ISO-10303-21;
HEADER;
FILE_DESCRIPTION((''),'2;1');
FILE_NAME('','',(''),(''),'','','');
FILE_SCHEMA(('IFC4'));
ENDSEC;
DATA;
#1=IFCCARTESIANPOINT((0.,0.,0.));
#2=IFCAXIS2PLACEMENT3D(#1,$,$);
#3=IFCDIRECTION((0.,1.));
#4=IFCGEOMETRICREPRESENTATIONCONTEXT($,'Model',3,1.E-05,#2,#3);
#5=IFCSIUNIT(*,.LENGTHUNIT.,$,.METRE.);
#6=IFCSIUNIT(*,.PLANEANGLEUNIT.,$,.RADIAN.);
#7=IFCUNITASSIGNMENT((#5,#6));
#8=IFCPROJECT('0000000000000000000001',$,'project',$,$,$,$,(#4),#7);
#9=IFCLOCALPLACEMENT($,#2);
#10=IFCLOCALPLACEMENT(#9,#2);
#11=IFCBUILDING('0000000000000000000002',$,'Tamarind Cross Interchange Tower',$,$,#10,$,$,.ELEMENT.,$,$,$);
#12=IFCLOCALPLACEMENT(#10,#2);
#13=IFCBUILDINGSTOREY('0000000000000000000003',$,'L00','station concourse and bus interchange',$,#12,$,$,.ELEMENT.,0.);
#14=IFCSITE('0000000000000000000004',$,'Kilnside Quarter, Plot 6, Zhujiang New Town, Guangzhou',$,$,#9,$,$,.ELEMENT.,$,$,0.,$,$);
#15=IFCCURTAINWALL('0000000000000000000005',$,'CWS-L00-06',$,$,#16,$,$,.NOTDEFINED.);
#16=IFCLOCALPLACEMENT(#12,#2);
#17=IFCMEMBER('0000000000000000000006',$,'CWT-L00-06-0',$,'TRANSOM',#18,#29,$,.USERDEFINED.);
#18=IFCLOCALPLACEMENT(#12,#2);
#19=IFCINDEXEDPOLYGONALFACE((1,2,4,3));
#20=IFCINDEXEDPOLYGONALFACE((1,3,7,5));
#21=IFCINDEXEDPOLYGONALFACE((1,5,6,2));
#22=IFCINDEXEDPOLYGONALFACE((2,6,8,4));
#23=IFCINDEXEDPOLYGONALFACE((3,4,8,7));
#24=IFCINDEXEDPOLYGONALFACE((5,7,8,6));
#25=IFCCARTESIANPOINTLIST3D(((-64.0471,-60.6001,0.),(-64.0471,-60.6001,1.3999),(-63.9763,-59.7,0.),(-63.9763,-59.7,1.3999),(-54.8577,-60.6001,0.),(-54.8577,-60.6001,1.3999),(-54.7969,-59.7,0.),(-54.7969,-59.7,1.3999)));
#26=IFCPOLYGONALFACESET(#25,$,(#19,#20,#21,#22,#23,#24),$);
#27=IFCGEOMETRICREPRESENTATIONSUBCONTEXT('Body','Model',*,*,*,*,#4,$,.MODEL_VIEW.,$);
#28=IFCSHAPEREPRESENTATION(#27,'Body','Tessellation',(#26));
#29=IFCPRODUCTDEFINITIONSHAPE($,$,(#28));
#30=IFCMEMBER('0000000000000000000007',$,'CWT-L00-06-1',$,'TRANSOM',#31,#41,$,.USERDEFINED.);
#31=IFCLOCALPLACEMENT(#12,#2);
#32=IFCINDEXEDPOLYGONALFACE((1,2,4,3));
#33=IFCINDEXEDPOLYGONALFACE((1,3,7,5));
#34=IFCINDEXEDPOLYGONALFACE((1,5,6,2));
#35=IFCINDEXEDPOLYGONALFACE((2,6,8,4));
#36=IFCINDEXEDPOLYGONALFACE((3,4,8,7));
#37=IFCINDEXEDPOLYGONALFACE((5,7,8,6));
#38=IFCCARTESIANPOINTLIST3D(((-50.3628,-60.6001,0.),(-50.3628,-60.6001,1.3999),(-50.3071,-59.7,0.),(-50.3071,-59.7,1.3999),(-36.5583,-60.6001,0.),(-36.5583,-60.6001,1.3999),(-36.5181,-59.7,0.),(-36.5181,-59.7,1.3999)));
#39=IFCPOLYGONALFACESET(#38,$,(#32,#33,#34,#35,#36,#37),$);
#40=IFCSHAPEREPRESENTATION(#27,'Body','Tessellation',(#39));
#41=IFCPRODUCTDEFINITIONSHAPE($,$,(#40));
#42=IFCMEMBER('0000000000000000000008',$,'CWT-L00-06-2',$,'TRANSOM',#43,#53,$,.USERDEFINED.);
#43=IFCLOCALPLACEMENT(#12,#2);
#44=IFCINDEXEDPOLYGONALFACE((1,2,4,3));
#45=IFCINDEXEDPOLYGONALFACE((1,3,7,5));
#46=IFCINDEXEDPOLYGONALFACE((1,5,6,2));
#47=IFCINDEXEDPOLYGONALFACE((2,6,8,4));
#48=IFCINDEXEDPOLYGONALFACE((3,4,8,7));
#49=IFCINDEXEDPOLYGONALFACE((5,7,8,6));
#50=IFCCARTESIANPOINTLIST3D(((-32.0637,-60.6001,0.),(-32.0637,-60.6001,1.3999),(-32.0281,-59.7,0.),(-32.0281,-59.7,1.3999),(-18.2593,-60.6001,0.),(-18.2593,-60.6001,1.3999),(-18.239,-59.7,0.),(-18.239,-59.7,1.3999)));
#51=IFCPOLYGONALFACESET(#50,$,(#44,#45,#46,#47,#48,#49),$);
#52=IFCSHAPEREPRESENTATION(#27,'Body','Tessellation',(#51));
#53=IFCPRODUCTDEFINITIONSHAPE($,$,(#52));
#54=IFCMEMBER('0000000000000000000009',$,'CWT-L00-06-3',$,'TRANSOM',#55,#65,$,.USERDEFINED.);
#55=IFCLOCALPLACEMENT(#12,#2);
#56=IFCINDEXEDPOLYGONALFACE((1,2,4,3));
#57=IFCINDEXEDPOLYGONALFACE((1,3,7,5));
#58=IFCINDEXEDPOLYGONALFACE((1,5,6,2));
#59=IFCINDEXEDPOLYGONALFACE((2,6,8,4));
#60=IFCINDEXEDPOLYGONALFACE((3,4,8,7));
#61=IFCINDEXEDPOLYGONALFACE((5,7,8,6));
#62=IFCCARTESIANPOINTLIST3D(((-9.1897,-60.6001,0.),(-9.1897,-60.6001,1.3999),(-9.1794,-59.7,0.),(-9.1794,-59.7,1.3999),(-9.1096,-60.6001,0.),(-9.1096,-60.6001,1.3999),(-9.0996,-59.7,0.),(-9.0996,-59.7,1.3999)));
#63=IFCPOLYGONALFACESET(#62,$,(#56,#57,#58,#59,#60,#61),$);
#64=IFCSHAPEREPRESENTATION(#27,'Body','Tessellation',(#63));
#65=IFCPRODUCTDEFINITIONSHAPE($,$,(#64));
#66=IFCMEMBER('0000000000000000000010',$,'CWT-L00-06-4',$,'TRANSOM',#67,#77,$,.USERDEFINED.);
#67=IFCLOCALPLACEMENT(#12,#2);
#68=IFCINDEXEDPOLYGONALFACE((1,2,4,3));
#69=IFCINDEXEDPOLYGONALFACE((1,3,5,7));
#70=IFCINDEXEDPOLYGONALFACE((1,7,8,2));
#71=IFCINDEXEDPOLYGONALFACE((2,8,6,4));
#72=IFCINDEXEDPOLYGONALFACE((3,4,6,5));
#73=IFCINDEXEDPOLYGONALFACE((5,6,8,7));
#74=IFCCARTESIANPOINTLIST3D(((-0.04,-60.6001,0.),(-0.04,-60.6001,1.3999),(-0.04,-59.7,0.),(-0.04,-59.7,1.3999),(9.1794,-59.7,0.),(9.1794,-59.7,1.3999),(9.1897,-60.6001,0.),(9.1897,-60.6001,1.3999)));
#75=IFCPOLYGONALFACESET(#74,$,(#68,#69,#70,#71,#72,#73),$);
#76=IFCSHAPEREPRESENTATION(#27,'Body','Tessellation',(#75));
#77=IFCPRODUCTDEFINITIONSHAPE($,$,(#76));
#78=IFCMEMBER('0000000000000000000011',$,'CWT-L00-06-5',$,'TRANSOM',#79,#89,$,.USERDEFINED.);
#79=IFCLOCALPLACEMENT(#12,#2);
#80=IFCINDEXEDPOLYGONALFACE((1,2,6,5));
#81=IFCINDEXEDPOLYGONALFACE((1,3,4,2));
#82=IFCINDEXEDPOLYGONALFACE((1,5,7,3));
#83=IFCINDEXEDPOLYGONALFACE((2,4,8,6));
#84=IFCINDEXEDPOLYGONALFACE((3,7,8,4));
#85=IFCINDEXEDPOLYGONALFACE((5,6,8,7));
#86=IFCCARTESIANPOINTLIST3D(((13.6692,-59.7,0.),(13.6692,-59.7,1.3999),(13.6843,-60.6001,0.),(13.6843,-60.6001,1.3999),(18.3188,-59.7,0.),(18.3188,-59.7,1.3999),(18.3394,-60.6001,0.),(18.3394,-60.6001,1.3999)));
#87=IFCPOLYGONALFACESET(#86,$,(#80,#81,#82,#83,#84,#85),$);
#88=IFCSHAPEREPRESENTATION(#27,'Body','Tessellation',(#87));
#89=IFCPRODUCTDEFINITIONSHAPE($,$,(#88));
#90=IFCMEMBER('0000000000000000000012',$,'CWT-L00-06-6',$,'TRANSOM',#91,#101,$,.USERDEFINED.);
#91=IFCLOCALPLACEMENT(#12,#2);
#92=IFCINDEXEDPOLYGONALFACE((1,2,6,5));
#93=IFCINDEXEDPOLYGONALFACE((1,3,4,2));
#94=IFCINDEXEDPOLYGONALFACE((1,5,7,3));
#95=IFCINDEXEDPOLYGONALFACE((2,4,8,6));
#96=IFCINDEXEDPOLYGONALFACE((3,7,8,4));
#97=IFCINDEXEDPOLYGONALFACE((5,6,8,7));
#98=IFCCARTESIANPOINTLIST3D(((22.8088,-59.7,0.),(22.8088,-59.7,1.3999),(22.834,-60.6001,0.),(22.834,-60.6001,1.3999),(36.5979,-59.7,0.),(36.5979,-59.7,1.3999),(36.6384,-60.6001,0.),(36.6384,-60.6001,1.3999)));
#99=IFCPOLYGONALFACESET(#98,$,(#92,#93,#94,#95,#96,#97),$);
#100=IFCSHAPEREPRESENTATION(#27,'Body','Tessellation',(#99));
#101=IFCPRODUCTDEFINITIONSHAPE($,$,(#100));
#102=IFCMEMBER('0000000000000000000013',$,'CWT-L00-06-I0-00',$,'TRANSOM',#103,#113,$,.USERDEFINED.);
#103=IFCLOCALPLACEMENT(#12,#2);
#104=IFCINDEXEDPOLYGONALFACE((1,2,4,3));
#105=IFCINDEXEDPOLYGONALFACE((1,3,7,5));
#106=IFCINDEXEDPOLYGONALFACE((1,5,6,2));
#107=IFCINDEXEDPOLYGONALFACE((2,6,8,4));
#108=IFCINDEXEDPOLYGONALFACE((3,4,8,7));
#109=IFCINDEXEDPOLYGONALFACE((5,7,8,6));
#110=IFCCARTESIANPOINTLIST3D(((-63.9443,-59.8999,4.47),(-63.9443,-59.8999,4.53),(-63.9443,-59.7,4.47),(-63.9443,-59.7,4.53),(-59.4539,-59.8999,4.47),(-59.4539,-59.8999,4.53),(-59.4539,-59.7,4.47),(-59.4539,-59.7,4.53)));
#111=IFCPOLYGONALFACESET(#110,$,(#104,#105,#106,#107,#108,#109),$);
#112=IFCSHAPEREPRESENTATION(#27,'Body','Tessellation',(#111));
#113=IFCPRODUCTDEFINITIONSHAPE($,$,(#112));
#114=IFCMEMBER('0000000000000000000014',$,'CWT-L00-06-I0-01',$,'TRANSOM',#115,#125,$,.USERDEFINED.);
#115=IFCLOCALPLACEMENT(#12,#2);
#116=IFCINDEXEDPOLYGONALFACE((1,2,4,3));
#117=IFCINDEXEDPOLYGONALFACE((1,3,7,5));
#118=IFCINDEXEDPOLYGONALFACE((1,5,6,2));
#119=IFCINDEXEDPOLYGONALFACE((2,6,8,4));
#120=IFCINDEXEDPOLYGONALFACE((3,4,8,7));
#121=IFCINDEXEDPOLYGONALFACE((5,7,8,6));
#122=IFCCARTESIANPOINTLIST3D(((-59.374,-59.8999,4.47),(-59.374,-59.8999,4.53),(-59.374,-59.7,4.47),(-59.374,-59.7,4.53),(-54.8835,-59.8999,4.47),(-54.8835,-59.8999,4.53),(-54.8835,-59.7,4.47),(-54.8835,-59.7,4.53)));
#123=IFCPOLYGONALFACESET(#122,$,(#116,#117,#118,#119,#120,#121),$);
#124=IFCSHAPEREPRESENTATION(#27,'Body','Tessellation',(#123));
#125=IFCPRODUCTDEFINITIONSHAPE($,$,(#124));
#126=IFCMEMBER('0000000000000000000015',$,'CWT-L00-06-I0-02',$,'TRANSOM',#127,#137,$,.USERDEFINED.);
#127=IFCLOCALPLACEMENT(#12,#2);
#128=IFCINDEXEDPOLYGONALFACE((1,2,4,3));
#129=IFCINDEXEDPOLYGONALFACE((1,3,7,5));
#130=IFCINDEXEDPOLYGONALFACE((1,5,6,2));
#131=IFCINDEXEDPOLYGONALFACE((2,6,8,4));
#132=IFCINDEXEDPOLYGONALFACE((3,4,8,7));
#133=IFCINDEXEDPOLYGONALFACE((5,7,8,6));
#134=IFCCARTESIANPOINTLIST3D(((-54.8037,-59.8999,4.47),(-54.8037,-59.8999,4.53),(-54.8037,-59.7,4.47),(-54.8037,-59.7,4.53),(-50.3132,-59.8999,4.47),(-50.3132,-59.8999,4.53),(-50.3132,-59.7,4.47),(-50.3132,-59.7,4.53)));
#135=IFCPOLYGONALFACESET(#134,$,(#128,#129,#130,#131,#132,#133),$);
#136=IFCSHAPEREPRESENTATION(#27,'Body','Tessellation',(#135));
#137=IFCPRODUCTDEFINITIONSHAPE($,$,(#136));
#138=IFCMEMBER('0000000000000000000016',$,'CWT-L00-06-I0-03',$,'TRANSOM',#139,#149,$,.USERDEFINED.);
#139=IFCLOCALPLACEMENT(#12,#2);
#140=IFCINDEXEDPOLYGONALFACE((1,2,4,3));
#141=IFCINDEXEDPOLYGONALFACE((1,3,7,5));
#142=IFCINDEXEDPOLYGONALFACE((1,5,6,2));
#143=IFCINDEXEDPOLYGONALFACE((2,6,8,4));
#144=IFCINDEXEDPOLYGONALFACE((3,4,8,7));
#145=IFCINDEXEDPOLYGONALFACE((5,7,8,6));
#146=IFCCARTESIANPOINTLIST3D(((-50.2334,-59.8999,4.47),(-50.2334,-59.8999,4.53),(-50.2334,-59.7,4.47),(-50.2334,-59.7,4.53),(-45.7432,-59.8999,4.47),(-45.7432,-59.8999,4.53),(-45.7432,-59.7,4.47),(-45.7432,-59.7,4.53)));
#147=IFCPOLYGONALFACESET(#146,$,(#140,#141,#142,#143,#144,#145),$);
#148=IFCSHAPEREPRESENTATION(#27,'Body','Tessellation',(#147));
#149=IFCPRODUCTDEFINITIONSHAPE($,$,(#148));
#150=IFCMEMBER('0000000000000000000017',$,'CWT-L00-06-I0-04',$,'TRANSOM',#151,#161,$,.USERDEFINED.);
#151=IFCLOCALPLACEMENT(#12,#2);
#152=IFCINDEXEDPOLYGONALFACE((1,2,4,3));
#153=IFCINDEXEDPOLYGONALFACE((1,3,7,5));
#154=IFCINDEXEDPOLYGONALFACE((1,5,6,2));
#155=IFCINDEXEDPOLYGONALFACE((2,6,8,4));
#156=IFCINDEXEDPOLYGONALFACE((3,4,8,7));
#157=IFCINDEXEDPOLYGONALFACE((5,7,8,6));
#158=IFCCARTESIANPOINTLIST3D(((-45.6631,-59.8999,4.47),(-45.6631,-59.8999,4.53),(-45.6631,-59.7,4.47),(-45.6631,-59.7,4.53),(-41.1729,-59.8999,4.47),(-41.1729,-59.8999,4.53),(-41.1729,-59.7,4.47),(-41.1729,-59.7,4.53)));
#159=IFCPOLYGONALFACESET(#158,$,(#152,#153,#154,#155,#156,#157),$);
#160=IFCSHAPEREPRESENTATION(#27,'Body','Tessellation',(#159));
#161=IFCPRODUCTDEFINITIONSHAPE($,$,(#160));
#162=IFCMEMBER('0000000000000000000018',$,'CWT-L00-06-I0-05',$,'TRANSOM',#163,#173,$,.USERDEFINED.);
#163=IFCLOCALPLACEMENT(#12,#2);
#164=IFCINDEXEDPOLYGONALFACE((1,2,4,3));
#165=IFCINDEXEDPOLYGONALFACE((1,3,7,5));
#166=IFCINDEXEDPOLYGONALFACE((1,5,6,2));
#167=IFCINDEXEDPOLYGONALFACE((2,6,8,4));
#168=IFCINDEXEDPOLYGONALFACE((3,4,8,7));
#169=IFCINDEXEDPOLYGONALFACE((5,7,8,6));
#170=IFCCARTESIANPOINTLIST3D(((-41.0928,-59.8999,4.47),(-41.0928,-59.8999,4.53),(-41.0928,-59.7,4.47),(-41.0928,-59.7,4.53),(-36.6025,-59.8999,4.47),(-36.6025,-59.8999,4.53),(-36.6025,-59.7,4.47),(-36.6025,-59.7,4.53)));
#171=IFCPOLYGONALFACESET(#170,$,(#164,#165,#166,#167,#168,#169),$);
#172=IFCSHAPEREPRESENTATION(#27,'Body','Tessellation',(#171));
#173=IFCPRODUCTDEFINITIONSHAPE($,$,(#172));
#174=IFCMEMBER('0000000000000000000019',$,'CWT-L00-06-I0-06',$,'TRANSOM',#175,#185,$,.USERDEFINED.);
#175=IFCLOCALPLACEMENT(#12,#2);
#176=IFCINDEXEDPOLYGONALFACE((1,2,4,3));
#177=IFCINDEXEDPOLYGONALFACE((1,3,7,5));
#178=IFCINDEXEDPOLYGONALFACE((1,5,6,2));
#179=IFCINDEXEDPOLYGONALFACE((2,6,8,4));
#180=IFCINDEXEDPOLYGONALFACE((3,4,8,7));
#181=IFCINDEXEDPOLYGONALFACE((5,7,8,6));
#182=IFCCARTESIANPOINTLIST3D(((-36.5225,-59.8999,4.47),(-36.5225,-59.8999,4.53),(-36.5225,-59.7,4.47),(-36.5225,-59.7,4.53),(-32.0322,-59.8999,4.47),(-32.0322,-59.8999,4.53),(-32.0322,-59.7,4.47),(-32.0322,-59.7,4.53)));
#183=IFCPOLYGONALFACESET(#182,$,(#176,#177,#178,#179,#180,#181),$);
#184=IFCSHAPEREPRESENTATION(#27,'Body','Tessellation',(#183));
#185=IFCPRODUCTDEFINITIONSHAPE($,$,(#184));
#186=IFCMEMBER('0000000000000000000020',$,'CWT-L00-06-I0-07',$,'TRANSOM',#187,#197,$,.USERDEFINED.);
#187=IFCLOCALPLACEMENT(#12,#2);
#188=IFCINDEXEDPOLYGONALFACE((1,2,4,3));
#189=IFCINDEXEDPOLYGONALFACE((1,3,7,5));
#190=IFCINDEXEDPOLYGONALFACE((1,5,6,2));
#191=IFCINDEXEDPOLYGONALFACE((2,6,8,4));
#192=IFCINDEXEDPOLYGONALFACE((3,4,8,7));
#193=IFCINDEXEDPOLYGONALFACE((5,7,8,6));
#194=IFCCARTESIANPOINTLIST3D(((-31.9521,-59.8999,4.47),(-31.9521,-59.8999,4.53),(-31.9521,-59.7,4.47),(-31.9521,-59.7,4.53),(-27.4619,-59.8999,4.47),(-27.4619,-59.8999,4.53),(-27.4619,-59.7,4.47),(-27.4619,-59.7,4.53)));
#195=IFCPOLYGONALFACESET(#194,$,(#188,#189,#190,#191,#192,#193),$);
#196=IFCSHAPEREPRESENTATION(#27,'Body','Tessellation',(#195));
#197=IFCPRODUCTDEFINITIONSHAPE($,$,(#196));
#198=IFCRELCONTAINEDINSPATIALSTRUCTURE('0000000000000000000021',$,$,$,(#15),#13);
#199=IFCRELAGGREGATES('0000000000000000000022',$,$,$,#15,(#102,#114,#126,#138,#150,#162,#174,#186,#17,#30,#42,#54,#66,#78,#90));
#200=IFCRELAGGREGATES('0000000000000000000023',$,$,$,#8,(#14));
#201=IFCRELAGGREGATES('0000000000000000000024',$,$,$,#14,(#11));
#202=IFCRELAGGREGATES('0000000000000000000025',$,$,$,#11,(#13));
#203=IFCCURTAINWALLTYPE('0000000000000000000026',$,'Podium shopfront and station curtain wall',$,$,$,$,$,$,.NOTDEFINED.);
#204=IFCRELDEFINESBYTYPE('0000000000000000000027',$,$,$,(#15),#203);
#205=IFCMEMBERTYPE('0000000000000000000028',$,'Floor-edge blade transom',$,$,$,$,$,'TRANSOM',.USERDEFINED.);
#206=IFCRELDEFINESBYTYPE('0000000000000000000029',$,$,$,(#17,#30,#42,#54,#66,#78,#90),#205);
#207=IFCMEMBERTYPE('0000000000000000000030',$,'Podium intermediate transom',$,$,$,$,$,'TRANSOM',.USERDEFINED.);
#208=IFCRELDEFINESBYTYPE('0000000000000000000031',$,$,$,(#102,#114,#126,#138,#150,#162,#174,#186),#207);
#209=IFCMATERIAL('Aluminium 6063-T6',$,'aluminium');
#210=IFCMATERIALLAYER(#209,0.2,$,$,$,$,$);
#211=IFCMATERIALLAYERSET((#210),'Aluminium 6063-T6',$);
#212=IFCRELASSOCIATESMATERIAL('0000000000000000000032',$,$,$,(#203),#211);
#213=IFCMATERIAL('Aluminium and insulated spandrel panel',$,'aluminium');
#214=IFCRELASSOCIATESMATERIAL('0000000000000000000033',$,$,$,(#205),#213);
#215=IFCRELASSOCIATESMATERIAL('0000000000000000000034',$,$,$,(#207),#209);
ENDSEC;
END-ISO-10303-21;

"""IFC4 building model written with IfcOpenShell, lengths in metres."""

from ifc_helpers import new_model, si_unit, direction, frame, origin, place, context, subcontext, project, spatial, polyline, outline, extrude, material, layer, layer_set, type_object, element, aggregate, save


model = new_model("IFC4")

# Units and contexts
model_context = context("Model", 3, precision=1e-05, world=origin(), true_north=direction((0.0, 1.0)))
body_context = subcontext(model_context, "Body", "Model", "MODEL_VIEW")
ifc_project = project(units=[si_unit("LENGTHUNIT", "METRE"), si_unit("PLANEANGLEUNIT", "RADIAN")], contexts=[model_context])

# Site, building, storey
site_placement = place(None, origin())
site = spatial("IfcSite", under=ifc_project, at=site_placement, Name="Kilnside Quarter, Plot 6, Zhujiang New Town, Guangzhou", CompositionType="ELEMENT", RefElevation=0.0)
building_placement = place(site_placement, origin())
building = spatial("IfcBuilding", under=site, at=building_placement, Name="Tamarind Cross Interchange Tower", CompositionType="ELEMENT")
storey_placement = place(building_placement, origin())
storey = spatial("IfcBuildingStorey", under=building, at=storey_placement, Name="L00", Description="station concourse and bus interchange", CompositionType="ELEMENT", Elevation=0.0)

# Curtain wall, members
ifc_material_1 = material(Name="Aluminium 6063-T6", Category="aluminium")
ifc_layer_1 = layer(ifc_material_1, 0.2)
ifc_layer_set_1 = layer_set([ifc_layer_1], Name="Aluminium 6063-T6")
curtain_wall_type = type_object("IfcCurtainWallType", Name="Podium shopfront and station curtain wall", PredefinedType="NOTDEFINED", material=ifc_layer_set_1)
curtain_wall_placement = place(storey_placement, origin())
curtain_wall = element("IfcCurtainWall", 1, at=curtain_wall_placement, inside=storey, type_object=curtain_wall_type, Name="CWS-L00-06", PredefinedType="NOTDEFINED")
ifc_material_2 = material(Name="Aluminium and insulated spandrel panel", Category="aluminium")
member_type_1 = type_object("IfcMemberType", Name="Floor-edge blade transom", ElementType="TRANSOM", PredefinedType="USERDEFINED", material=ifc_material_2)
member_1_placement = place(storey_placement, origin())
member_1 = element("IfcMember", 2, at=member_1_placement, type_object=member_type_1, Name="CWT-L00-06-0", ObjectType="TRANSOM", PredefinedType="USERDEFINED", context=body_context, shape_type="SweptSolid", body=[
    extrude(outline(polyline([(-63.9763, -59.7), (-54.7969, -59.7), (-54.8577, -60.6001), (-64.0471, -60.6001), (-63.9763, -59.7)])), origin(), (0.0, 0.0, 1.0), 1.3999),
])
member_2_placement = place(storey_placement, origin())
member_2 = element("IfcMember", 3, at=member_2_placement, type_object=member_type_1, Name="CWT-L00-06-1", ObjectType="TRANSOM", PredefinedType="USERDEFINED", context=body_context, shape_type="SweptSolid", body=[
    extrude(outline(polyline([(-50.3071, -59.7), (-36.5181, -59.7), (-36.5583, -60.6001), (-50.3628, -60.6001), (-50.3071, -59.7)])), origin(), (0.0, 0.0, 1.0), 1.3999),
])
member_3_placement = place(storey_placement, origin())
member_3 = element("IfcMember", 4, at=member_3_placement, type_object=member_type_1, Name="CWT-L00-06-2", ObjectType="TRANSOM", PredefinedType="USERDEFINED", context=body_context, shape_type="SweptSolid", body=[
    extrude(outline(polyline([(-32.0281, -59.7), (-18.239, -59.7), (-18.2593, -60.6001), (-32.0637, -60.6001), (-32.0281, -59.7)])), origin(), (0.0, 0.0, 1.0), 1.3999),
])
member_4_placement = place(storey_placement, origin())
member_4 = element("IfcMember", 5, at=member_4_placement, type_object=member_type_1, Name="CWT-L00-06-3", ObjectType="TRANSOM", PredefinedType="USERDEFINED", context=body_context, shape_type="SweptSolid", body=[
    extrude(outline(polyline([(-9.1794, -59.7), (-9.0996, -59.7), (-9.1096, -60.6001), (-9.1897, -60.6001), (-9.1794, -59.7)])), origin(), (0.0, 0.0, 1.0), 1.3999),
])
member_5_placement = place(storey_placement, origin())
member_5 = element("IfcMember", 6, at=member_5_placement, type_object=member_type_1, Name="CWT-L00-06-4", ObjectType="TRANSOM", PredefinedType="USERDEFINED", context=body_context, shape_type="SweptSolid", body=[
    extrude(outline(polyline([(-0.04, -59.7), (9.1794, -59.7), (9.1897, -60.6001), (-0.04, -60.6001), (-0.04, -59.7)])), origin(), (0.0, 0.0, 1.0), 1.3999),
])
member_6_placement = place(storey_placement, origin())
member_6 = element("IfcMember", 7, at=member_6_placement, type_object=member_type_1, Name="CWT-L00-06-5", ObjectType="TRANSOM", PredefinedType="USERDEFINED", context=body_context, shape_type="SweptSolid", body=[
    extrude(outline(polyline([(13.6692, -59.7), (18.3188, -59.7), (18.3394, -60.6001), (13.6843, -60.6001), (13.6692, -59.7)])), origin(), (0.0, 0.0, 1.0), 1.3999),
])
member_7_placement = place(storey_placement, origin())
member_7 = element("IfcMember", 8, at=member_7_placement, type_object=member_type_1, Name="CWT-L00-06-6", ObjectType="TRANSOM", PredefinedType="USERDEFINED", context=body_context, shape_type="SweptSolid", body=[
    extrude(outline(polyline([(22.8088, -59.7), (36.5979, -59.7), (36.6384, -60.6001), (22.834, -60.6001), (22.8088, -59.7)])), origin(), (0.0, 0.0, 1.0), 1.3999),
])
member_type_2 = type_object("IfcMemberType", Name="Podium intermediate transom", ElementType="TRANSOM", PredefinedType="USERDEFINED", material=ifc_material_1)
member_8_placement = place(storey_placement, frame((0.0, 0.0, 4.47)))
member_8 = element("IfcMember", 9, at=member_8_placement, type_object=member_type_2, Name="CWT-L00-06-I0-00", ObjectType="TRANSOM", PredefinedType="USERDEFINED", context=body_context, shape_type="SweptSolid", body=[
    extrude(outline(polyline([(-63.9443, -59.7), (-59.4539, -59.7), (-59.4539, -59.8999), (-63.9443, -59.8999), (-63.9443, -59.7)])), origin(), (0.0, 0.0, 1.0), 0.0601),
])
member_9_placement = place(storey_placement, frame((0.0, 0.0, 4.47)))
member_9 = element("IfcMember", 10, at=member_9_placement, type_object=member_type_2, Name="CWT-L00-06-I0-01", ObjectType="TRANSOM", PredefinedType="USERDEFINED", context=body_context, shape_type="SweptSolid", body=[
    extrude(outline(polyline([(-59.374, -59.7), (-54.8835, -59.7), (-54.8835, -59.8999), (-59.374, -59.8999), (-59.374, -59.7)])), origin(), (0.0, 0.0, 1.0), 0.0601),
])
member_10_placement = place(storey_placement, frame((0.0, 0.0, 4.47)))
member_10 = element("IfcMember", 11, at=member_10_placement, type_object=member_type_2, Name="CWT-L00-06-I0-02", ObjectType="TRANSOM", PredefinedType="USERDEFINED", context=body_context, shape_type="SweptSolid", body=[
    extrude(outline(polyline([(-54.8037, -59.7), (-50.3132, -59.7), (-50.3132, -59.8999), (-54.8037, -59.8999), (-54.8037, -59.7)])), origin(), (0.0, 0.0, 1.0), 0.0601),
])
member_11_placement = place(storey_placement, frame((0.0, 0.0, 4.47)))
member_11 = element("IfcMember", 12, at=member_11_placement, type_object=member_type_2, Name="CWT-L00-06-I0-03", ObjectType="TRANSOM", PredefinedType="USERDEFINED", context=body_context, shape_type="SweptSolid", body=[
    extrude(outline(polyline([(-50.2334, -59.7), (-45.7432, -59.7), (-45.7432, -59.8999), (-50.2334, -59.8999), (-50.2334, -59.7)])), origin(), (0.0, 0.0, 1.0), 0.0601),
])
member_12_placement = place(storey_placement, frame((0.0, 0.0, 4.47)))
member_12 = element("IfcMember", 13, at=member_12_placement, type_object=member_type_2, Name="CWT-L00-06-I0-04", ObjectType="TRANSOM", PredefinedType="USERDEFINED", context=body_context, shape_type="SweptSolid", body=[
    extrude(outline(polyline([(-45.6631, -59.7), (-41.1729, -59.7), (-41.1729, -59.8999), (-45.6631, -59.8999), (-45.6631, -59.7)])), origin(), (0.0, 0.0, 1.0), 0.0601),
])
member_13_placement = place(storey_placement, frame((0.0, 0.0, 4.47)))
member_13 = element("IfcMember", 14, at=member_13_placement, type_object=member_type_2, Name="CWT-L00-06-I0-05", ObjectType="TRANSOM", PredefinedType="USERDEFINED", context=body_context, shape_type="SweptSolid", body=[
    extrude(outline(polyline([(-41.0928, -59.7), (-36.6025, -59.7), (-36.6025, -59.8999), (-41.0928, -59.8999), (-41.0928, -59.7)])), origin(), (0.0, 0.0, 1.0), 0.0601),
])
member_14_placement = place(storey_placement, frame((0.0, 0.0, 4.47)))
member_14 = element("IfcMember", 15, at=member_14_placement, type_object=member_type_2, Name="CWT-L00-06-I0-06", ObjectType="TRANSOM", PredefinedType="USERDEFINED", context=body_context, shape_type="SweptSolid", body=[
    extrude(outline(polyline([(-36.5225, -59.7), (-32.0322, -59.7), (-32.0322, -59.8999), (-36.5225, -59.8999), (-36.5225, -59.7)])), origin(), (0.0, 0.0, 1.0), 0.0601),
])
member_15_placement = place(storey_placement, frame((0.0, 0.0, 4.47)))
member_15 = element("IfcMember", 16, at=member_15_placement, type_object=member_type_2, Name="CWT-L00-06-I0-07", ObjectType="TRANSOM", PredefinedType="USERDEFINED", context=body_context, shape_type="SweptSolid", body=[
    extrude(outline(polyline([(-31.9521, -59.7), (-27.4619, -59.7), (-27.4619, -59.8999), (-31.9521, -59.8999), (-31.9521, -59.7)])), origin(), (0.0, 0.0, 1.0), 0.0601),
])
aggregate(curtain_wall, [member_8, member_9, member_10, member_11, member_12, member_13, member_14, member_15, member_1, member_2, member_3, member_4, member_5, member_6, member_7])

save(model, "model.ifc")
